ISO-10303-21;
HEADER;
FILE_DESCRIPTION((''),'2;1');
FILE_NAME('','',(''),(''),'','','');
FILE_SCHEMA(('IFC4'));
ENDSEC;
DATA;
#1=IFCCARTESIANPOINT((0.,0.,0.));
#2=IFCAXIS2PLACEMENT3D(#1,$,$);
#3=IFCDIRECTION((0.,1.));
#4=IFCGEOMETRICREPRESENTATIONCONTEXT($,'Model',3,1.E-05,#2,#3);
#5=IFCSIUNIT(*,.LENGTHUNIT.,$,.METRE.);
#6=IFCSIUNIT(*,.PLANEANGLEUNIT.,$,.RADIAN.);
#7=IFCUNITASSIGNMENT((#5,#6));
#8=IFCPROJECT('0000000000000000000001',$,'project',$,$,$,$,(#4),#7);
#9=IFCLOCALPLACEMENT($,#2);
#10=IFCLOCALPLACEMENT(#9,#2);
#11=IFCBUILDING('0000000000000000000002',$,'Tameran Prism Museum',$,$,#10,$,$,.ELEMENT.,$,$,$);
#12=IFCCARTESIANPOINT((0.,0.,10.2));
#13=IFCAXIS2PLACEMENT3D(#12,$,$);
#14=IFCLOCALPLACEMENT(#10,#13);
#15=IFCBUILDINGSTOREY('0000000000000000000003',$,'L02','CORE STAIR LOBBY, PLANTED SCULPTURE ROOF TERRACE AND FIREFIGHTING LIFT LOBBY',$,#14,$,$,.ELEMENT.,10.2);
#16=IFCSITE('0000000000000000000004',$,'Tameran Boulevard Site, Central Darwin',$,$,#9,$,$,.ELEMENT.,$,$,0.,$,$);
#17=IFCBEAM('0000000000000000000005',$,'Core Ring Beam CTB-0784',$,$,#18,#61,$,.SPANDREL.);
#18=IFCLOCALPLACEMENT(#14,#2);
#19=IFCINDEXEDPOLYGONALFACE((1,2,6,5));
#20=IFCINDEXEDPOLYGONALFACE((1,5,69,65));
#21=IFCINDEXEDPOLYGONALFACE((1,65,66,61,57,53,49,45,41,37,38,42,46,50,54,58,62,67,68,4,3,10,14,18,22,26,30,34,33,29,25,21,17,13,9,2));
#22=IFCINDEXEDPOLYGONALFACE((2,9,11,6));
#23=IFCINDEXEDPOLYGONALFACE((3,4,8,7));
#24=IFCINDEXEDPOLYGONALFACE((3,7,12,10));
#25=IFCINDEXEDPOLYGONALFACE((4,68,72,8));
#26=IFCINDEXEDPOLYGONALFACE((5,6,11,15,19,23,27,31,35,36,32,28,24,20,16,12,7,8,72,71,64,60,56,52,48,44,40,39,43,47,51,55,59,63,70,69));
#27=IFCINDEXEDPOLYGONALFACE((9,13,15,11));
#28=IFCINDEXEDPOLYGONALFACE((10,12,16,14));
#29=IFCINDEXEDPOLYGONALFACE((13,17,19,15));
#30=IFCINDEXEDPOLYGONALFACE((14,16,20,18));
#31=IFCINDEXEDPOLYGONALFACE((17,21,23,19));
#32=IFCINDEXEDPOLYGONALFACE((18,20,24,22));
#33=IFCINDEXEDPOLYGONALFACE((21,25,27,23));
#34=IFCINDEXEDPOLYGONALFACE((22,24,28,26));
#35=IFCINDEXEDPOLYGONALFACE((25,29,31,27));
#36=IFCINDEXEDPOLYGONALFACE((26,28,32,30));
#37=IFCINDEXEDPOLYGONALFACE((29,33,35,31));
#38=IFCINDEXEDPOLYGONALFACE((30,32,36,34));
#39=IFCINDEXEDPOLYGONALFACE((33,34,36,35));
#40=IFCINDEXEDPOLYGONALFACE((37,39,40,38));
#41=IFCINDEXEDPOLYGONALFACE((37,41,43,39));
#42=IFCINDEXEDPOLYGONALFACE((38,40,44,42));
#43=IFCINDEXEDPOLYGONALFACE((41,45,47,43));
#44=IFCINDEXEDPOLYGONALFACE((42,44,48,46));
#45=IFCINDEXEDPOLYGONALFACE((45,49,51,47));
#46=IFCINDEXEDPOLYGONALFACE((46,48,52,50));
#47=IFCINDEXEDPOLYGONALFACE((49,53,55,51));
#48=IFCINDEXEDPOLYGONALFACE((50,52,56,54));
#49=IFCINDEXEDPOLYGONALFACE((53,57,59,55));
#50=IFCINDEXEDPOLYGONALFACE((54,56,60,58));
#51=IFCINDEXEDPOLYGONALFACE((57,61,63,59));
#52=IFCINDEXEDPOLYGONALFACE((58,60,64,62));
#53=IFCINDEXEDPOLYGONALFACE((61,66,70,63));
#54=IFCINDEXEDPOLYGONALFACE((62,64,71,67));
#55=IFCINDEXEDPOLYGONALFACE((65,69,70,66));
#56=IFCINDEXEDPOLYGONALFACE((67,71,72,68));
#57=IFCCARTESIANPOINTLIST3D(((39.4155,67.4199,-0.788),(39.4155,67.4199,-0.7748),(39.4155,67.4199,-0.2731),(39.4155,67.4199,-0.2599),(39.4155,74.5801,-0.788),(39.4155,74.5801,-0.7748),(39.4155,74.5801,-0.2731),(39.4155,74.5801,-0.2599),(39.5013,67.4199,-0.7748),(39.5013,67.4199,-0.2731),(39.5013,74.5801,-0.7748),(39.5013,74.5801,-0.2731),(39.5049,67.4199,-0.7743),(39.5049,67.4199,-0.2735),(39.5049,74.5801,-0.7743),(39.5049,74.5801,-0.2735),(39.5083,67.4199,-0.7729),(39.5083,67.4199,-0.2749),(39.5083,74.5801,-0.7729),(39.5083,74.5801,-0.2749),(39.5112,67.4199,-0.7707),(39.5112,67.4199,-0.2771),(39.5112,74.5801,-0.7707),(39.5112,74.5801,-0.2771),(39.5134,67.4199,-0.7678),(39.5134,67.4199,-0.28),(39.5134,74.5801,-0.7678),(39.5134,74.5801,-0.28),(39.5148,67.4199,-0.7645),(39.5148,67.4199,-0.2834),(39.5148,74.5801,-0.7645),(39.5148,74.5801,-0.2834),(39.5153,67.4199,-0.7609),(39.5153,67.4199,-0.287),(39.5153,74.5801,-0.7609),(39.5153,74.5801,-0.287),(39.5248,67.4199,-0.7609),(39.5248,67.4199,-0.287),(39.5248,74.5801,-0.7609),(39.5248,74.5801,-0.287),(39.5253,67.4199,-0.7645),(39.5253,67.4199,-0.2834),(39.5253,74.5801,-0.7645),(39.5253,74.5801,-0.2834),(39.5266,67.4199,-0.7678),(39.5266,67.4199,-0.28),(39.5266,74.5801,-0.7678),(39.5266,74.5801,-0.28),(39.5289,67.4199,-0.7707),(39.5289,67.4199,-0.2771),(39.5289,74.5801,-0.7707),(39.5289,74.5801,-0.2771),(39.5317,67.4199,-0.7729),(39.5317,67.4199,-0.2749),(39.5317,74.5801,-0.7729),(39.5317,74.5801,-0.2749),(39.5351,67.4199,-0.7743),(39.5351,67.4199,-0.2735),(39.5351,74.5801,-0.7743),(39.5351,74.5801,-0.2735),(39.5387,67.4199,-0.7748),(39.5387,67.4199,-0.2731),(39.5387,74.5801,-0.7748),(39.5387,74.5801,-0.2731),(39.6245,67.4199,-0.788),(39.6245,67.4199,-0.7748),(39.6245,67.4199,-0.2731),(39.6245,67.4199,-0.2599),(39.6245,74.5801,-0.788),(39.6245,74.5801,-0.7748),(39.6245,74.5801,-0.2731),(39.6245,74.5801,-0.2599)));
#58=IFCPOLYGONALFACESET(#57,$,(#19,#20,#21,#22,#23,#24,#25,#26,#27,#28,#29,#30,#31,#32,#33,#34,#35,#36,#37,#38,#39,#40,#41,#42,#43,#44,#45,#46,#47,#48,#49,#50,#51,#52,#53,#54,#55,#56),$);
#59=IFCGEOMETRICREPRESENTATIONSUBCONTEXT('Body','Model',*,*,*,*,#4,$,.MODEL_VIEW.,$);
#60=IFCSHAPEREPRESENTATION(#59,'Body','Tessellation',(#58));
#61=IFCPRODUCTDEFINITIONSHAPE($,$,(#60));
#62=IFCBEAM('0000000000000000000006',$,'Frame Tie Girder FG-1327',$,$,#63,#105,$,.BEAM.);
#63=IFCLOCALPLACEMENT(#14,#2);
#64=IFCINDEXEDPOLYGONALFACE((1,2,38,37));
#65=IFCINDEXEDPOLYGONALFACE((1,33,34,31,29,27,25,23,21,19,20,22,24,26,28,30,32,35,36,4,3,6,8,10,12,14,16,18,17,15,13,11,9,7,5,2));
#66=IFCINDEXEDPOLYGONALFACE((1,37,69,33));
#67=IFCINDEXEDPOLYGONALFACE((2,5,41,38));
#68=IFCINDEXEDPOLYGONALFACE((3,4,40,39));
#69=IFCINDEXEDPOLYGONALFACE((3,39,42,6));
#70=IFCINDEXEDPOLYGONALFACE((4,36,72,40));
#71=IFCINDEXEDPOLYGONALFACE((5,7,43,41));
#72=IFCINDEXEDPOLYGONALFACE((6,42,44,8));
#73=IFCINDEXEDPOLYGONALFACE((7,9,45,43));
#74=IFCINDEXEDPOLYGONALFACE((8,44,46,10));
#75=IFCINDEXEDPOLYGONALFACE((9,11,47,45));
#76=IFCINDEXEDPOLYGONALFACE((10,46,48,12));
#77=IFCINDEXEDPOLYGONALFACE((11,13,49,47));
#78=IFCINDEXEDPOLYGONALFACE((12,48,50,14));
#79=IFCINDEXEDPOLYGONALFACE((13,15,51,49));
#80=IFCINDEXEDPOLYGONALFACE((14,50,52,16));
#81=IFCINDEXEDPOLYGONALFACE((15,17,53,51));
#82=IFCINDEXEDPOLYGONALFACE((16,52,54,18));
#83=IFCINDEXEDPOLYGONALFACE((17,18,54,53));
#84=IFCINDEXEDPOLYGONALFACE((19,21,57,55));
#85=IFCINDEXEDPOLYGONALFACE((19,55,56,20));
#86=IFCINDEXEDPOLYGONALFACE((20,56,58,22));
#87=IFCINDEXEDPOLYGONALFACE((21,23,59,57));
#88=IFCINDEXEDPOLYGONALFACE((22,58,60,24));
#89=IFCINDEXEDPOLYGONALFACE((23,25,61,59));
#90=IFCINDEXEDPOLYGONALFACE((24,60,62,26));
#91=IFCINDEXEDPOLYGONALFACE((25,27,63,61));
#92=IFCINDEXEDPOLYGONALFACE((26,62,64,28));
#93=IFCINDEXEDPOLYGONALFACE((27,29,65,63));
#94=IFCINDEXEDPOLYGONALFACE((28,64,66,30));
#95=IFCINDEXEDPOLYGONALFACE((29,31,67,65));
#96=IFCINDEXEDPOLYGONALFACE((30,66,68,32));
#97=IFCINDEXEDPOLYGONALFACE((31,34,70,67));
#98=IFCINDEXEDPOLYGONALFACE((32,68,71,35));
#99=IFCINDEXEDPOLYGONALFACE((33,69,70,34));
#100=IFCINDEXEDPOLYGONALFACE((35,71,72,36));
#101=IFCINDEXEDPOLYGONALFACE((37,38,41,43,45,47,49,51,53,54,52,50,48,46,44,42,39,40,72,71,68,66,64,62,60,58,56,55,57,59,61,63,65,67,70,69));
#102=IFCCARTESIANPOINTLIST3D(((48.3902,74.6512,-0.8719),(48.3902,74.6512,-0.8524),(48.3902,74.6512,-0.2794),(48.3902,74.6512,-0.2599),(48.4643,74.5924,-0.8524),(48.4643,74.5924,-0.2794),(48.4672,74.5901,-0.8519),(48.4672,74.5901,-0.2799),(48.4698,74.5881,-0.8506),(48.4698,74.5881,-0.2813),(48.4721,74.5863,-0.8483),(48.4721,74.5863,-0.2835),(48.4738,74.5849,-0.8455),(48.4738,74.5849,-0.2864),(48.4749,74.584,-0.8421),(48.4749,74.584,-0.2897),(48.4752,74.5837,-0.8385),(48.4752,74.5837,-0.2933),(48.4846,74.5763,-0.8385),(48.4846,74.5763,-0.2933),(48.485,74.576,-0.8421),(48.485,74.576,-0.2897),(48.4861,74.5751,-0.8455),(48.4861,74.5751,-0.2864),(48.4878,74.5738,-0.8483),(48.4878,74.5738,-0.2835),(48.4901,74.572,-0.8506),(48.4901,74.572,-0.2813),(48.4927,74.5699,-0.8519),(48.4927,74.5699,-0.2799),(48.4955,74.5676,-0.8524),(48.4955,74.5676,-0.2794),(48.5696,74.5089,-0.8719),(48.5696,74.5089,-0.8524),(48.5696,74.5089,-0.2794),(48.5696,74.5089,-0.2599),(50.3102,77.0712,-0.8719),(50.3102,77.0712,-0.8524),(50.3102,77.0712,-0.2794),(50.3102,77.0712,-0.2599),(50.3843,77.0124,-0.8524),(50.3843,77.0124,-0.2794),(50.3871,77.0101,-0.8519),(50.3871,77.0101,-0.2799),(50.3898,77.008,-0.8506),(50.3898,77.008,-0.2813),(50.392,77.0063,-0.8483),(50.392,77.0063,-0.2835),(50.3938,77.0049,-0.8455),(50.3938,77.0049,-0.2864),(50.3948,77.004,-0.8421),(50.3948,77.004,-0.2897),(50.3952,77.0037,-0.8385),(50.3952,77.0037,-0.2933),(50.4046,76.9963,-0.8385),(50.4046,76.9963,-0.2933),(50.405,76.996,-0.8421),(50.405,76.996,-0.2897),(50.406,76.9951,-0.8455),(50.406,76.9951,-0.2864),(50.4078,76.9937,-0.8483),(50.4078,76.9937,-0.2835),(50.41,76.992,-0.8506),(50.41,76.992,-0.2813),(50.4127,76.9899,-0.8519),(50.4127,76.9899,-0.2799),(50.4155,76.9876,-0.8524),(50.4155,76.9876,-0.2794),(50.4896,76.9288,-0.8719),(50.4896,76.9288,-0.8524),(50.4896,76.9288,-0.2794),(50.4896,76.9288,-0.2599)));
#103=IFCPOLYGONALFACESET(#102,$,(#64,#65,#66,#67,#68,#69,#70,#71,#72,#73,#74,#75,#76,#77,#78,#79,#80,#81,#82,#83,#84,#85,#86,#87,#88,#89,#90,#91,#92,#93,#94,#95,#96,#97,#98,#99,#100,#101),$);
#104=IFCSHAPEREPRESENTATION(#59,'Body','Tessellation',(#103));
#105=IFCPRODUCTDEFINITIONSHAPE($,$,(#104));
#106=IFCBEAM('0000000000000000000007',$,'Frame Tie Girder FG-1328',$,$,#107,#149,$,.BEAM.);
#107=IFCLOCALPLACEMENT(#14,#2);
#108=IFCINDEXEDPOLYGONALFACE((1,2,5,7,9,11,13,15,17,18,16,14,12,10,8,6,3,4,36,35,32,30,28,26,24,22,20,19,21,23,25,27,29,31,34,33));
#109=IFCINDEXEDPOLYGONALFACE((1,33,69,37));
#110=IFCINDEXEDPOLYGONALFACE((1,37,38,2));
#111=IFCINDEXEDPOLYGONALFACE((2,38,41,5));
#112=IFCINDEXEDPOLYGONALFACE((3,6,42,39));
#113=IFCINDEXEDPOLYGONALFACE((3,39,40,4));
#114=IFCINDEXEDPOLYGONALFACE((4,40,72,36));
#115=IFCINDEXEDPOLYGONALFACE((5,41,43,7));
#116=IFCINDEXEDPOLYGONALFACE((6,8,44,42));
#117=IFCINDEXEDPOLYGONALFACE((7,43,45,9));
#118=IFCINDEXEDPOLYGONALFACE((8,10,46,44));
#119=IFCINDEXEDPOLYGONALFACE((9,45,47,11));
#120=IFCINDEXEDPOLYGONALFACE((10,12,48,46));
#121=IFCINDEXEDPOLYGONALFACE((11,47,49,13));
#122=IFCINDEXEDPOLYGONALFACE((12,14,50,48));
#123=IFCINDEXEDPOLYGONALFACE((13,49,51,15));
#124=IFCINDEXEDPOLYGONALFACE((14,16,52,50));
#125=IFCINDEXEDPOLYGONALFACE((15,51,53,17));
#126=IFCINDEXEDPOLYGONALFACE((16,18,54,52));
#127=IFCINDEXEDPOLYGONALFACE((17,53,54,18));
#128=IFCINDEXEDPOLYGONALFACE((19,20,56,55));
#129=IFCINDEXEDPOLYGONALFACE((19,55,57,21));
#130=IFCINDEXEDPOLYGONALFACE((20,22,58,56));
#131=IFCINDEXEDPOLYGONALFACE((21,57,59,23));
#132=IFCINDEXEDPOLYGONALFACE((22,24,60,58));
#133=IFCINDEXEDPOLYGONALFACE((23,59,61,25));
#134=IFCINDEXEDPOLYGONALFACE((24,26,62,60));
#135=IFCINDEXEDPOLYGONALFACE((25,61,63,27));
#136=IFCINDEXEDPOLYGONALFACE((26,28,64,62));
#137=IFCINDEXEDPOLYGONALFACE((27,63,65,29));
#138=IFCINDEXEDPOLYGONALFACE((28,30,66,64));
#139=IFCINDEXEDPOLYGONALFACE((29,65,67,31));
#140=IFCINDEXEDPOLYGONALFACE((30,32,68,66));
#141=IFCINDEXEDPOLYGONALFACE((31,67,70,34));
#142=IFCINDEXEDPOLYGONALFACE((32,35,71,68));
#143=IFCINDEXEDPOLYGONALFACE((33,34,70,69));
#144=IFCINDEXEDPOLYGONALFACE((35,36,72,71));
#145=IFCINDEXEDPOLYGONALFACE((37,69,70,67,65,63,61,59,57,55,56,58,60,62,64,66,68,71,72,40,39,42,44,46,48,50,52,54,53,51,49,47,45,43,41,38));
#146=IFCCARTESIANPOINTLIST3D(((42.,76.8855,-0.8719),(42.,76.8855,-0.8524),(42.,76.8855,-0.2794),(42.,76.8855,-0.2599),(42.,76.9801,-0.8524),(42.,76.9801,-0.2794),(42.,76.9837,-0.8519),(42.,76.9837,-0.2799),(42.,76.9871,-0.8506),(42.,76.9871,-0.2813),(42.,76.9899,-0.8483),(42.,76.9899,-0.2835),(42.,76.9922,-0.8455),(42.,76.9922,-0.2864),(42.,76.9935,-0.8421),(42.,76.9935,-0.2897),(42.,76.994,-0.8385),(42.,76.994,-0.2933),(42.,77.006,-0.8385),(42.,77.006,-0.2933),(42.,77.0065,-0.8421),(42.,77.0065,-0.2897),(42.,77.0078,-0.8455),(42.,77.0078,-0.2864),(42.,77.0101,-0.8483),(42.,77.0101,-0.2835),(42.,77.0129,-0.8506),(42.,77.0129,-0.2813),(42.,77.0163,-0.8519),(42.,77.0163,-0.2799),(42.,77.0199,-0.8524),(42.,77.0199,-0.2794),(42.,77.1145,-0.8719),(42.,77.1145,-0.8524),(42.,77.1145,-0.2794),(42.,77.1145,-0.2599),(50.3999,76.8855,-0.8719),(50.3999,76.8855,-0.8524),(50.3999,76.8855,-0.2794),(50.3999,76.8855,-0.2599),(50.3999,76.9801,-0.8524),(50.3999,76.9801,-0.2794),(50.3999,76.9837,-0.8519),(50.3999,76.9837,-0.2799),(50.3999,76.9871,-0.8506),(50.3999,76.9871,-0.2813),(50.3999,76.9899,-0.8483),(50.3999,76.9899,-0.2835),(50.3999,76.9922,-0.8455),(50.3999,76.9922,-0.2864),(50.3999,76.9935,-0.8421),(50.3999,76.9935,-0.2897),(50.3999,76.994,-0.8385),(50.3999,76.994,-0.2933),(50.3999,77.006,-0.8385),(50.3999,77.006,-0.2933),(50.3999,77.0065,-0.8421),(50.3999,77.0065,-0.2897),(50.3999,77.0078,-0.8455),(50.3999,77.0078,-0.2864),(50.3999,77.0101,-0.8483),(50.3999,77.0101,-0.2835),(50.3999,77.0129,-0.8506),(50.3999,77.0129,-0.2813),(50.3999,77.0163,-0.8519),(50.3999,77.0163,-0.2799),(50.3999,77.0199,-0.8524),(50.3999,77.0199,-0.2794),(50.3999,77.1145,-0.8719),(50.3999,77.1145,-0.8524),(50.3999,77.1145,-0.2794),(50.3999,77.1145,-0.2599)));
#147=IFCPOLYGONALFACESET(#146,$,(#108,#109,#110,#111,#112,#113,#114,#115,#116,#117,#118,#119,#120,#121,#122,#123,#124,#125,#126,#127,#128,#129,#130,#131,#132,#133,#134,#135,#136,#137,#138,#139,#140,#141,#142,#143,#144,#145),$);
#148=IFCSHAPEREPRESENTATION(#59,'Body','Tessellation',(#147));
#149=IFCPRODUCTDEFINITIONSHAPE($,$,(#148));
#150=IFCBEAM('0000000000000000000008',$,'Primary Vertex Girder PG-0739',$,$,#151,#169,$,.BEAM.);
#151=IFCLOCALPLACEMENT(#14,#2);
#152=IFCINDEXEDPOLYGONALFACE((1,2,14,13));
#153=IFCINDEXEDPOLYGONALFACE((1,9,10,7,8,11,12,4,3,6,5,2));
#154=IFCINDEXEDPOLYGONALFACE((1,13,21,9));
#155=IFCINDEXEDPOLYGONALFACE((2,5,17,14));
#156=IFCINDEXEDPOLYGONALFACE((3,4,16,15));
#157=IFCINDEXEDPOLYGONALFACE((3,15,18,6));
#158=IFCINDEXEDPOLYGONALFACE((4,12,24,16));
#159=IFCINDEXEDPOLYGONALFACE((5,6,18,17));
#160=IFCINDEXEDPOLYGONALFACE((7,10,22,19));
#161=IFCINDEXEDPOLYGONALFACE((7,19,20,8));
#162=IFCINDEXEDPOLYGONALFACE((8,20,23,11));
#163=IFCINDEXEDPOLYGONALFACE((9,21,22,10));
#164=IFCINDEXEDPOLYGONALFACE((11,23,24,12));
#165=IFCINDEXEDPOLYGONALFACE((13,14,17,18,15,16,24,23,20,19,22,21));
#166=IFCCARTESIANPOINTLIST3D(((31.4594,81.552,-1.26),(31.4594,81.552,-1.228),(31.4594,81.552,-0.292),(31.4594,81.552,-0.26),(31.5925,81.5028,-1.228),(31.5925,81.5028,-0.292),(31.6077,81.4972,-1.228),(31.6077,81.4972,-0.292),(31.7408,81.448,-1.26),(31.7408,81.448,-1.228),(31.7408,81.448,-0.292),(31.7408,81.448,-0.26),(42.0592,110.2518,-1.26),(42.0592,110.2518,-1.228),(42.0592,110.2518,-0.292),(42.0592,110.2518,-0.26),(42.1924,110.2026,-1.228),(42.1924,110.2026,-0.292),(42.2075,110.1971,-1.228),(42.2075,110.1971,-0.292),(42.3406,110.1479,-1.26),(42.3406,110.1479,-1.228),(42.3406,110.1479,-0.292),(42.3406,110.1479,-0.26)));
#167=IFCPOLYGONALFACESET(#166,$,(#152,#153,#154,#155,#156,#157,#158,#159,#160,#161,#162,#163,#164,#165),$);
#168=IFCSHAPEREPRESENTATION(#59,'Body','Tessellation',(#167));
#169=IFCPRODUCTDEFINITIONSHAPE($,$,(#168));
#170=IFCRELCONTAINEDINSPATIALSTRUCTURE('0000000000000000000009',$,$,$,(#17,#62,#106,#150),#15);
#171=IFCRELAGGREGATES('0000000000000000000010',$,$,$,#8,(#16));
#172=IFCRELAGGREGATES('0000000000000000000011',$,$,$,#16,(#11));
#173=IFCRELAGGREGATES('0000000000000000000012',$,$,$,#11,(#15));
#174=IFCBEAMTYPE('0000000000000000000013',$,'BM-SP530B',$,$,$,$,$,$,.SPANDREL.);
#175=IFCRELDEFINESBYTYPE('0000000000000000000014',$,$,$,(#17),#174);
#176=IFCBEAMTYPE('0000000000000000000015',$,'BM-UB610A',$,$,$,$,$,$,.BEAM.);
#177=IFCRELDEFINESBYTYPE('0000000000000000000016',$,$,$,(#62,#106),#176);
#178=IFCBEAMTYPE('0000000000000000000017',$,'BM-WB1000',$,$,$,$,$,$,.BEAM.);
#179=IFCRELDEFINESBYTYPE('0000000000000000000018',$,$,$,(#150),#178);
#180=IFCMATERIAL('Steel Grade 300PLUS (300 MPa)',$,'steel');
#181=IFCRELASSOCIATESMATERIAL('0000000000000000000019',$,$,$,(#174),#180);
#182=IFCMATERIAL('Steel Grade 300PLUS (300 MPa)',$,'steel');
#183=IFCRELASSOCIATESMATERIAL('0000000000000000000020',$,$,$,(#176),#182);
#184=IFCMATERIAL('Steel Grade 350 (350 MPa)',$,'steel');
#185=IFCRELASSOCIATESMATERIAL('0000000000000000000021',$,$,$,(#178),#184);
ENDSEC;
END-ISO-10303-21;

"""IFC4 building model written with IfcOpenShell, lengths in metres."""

from ifc_helpers import new_model, si_unit, direction, frame, origin, origin_2d, place, context, subcontext, project, spatial, i_section, extrude, material, material_profile, profile_set, type_object, element, save


model = new_model("IFC4")

# Units and contexts
model_context = context("Model", 3, precision=1e-05, world=origin(), true_north=direction((0.0, 1.0)))
body_context = subcontext(model_context, "Body", "Model", "MODEL_VIEW")
ifc_project = project(units=[si_unit("LENGTHUNIT", "METRE"), si_unit("PLANEANGLEUNIT", "RADIAN")], contexts=[model_context])

# Site, building, storey
site_placement = place(None, origin())
site = spatial("IfcSite", under=ifc_project, at=site_placement, Name="Tameran Boulevard Site, Central Darwin", CompositionType="ELEMENT", RefElevation=0.0)
building_placement = place(site_placement, origin())
building = spatial("IfcBuilding", under=site, at=building_placement, Name="Tameran Prism Museum", CompositionType="ELEMENT")
storey_placement = place(building_placement, frame((0.0, 0.0, 10.2)))
storey = spatial("IfcBuildingStorey", under=building, at=storey_placement, Name="L02", Description="CORE STAIR LOBBY, PLANTED SCULPTURE ROOF TERRACE AND FIREFIGHTING LIFT LOBBY", CompositionType="ELEMENT", Elevation=10.2)

# Beams
ifc_material_1 = material(Name="Steel Grade 300PLUS (300 MPa)", Category="steel")
ifc_material_profile_1 = material_profile(ifc_material_1, i_section(OverallWidth=0.209, OverallDepth=0.5281, WebThickness=0.0095, FlangeThickness=0.0132, FilletRadius=0.0139, at=origin_2d()))
ifc_profile_set_1 = profile_set([ifc_material_profile_1])
beam_type_1 = type_object("IfcBeamType", Name="BM-SP530B", PredefinedType="SPANDREL", material=ifc_profile_set_1)
beam_1_placement = place(storey_placement, frame((39.52, 74.5801, -0.5239), z_axis=(0.0, -1.0, 0.0), x_axis=(1.0, 0.0, 0.0)))
element("IfcBeam", 1, at=beam_1_placement, inside=storey, type_object=beam_type_1, Name="Core Ring Beam CTB-0784", PredefinedType="SPANDREL", context=body_context, shape_type="SweptSolid", body=[
    extrude(i_section(OverallWidth=0.209, OverallDepth=0.5281, WebThickness=0.0095, FlangeThickness=0.0132, FilletRadius=0.0139, at=origin_2d()), origin(), (0.0, 0.0, 1.0), 7.1602),
])
ifc_material_2 = material(Name="Steel Grade 300PLUS (300 MPa)", Category="steel")
ifc_material_profile_2 = material_profile(ifc_material_2, i_section(OverallWidth=0.229, OverallDepth=0.6121, WebThickness=0.012, FlangeThickness=0.0195, FilletRadius=0.0139, at=origin_2d()))
ifc_profile_set_2 = profile_set([ifc_material_profile_2])
beam_type_2 = type_object("IfcBeamType", Name="BM-UB610A", PredefinedType="BEAM", material=ifc_profile_set_2)
beam_2_placement = place(storey_placement, frame((50.3999, 77.0, -0.5659), z_axis=(-0.621529, -0.783392, 0.0), x_axis=(0.783392, -0.621529, 0.0)))
element("IfcBeam", 2, at=beam_2_placement, inside=storey, type_object=beam_type_2, Name="Frame Tie Girder FG-1327", PredefinedType="BEAM", context=body_context, shape_type="SweptSolid", body=[
    extrude(i_section(OverallWidth=0.229, OverallDepth=0.6121, WebThickness=0.012, FlangeThickness=0.0195, FilletRadius=0.0139, at=origin_2d()), origin(), (0.0, 0.0, 1.0), 3.0891),
])
beam_3_placement = place(storey_placement, frame((50.3999, 77.0, -0.5659), z_axis=(-1.0, 0.0, 0.0), x_axis=(0.0, -1.0, 0.0)))
element("IfcBeam", 3, at=beam_3_placement, inside=storey, type_object=beam_type_2, Name="Frame Tie Girder FG-1328", PredefinedType="BEAM", context=body_context, shape_type="SweptSolid", body=[
    extrude(i_section(OverallWidth=0.229, OverallDepth=0.6121, WebThickness=0.012, FlangeThickness=0.0195, FilletRadius=0.0139, at=origin_2d()), origin(), (0.0, 0.0, 1.0), 8.3999),
])
ifc_material_3 = material(Name="Steel Grade 350 (350 MPa)", Category="steel")
ifc_material_profile_3 = material_profile(ifc_material_3, i_section(OverallWidth=0.3, OverallDepth=1.0, WebThickness=0.0161, FlangeThickness=0.032, at=origin_2d()))
ifc_profile_set_3 = profile_set([ifc_material_profile_3])
beam_type_3 = type_object("IfcBeamType", Name="BM-WB1000", PredefinedType="BEAM", material=ifc_profile_set_3)
beam_4_placement = place(storey_placement, frame((31.6001, 81.5, -0.76), z_axis=(0.346459, 0.938065, 0.0), x_axis=(-0.938065, 0.346459, 0.0)))
element("IfcBeam", 4, at=beam_4_placement, inside=storey, type_object=beam_type_3, Name="Primary Vertex Girder PG-0739", PredefinedType="BEAM", context=body_context, shape_type="SweptSolid", body=[
    extrude(i_section(OverallWidth=0.3, OverallDepth=1.0, WebThickness=0.0161, FlangeThickness=0.032, at=origin_2d()), origin(), (0.0, 0.0, 1.0), 30.5947),
])

save(model, "model.ifc")
